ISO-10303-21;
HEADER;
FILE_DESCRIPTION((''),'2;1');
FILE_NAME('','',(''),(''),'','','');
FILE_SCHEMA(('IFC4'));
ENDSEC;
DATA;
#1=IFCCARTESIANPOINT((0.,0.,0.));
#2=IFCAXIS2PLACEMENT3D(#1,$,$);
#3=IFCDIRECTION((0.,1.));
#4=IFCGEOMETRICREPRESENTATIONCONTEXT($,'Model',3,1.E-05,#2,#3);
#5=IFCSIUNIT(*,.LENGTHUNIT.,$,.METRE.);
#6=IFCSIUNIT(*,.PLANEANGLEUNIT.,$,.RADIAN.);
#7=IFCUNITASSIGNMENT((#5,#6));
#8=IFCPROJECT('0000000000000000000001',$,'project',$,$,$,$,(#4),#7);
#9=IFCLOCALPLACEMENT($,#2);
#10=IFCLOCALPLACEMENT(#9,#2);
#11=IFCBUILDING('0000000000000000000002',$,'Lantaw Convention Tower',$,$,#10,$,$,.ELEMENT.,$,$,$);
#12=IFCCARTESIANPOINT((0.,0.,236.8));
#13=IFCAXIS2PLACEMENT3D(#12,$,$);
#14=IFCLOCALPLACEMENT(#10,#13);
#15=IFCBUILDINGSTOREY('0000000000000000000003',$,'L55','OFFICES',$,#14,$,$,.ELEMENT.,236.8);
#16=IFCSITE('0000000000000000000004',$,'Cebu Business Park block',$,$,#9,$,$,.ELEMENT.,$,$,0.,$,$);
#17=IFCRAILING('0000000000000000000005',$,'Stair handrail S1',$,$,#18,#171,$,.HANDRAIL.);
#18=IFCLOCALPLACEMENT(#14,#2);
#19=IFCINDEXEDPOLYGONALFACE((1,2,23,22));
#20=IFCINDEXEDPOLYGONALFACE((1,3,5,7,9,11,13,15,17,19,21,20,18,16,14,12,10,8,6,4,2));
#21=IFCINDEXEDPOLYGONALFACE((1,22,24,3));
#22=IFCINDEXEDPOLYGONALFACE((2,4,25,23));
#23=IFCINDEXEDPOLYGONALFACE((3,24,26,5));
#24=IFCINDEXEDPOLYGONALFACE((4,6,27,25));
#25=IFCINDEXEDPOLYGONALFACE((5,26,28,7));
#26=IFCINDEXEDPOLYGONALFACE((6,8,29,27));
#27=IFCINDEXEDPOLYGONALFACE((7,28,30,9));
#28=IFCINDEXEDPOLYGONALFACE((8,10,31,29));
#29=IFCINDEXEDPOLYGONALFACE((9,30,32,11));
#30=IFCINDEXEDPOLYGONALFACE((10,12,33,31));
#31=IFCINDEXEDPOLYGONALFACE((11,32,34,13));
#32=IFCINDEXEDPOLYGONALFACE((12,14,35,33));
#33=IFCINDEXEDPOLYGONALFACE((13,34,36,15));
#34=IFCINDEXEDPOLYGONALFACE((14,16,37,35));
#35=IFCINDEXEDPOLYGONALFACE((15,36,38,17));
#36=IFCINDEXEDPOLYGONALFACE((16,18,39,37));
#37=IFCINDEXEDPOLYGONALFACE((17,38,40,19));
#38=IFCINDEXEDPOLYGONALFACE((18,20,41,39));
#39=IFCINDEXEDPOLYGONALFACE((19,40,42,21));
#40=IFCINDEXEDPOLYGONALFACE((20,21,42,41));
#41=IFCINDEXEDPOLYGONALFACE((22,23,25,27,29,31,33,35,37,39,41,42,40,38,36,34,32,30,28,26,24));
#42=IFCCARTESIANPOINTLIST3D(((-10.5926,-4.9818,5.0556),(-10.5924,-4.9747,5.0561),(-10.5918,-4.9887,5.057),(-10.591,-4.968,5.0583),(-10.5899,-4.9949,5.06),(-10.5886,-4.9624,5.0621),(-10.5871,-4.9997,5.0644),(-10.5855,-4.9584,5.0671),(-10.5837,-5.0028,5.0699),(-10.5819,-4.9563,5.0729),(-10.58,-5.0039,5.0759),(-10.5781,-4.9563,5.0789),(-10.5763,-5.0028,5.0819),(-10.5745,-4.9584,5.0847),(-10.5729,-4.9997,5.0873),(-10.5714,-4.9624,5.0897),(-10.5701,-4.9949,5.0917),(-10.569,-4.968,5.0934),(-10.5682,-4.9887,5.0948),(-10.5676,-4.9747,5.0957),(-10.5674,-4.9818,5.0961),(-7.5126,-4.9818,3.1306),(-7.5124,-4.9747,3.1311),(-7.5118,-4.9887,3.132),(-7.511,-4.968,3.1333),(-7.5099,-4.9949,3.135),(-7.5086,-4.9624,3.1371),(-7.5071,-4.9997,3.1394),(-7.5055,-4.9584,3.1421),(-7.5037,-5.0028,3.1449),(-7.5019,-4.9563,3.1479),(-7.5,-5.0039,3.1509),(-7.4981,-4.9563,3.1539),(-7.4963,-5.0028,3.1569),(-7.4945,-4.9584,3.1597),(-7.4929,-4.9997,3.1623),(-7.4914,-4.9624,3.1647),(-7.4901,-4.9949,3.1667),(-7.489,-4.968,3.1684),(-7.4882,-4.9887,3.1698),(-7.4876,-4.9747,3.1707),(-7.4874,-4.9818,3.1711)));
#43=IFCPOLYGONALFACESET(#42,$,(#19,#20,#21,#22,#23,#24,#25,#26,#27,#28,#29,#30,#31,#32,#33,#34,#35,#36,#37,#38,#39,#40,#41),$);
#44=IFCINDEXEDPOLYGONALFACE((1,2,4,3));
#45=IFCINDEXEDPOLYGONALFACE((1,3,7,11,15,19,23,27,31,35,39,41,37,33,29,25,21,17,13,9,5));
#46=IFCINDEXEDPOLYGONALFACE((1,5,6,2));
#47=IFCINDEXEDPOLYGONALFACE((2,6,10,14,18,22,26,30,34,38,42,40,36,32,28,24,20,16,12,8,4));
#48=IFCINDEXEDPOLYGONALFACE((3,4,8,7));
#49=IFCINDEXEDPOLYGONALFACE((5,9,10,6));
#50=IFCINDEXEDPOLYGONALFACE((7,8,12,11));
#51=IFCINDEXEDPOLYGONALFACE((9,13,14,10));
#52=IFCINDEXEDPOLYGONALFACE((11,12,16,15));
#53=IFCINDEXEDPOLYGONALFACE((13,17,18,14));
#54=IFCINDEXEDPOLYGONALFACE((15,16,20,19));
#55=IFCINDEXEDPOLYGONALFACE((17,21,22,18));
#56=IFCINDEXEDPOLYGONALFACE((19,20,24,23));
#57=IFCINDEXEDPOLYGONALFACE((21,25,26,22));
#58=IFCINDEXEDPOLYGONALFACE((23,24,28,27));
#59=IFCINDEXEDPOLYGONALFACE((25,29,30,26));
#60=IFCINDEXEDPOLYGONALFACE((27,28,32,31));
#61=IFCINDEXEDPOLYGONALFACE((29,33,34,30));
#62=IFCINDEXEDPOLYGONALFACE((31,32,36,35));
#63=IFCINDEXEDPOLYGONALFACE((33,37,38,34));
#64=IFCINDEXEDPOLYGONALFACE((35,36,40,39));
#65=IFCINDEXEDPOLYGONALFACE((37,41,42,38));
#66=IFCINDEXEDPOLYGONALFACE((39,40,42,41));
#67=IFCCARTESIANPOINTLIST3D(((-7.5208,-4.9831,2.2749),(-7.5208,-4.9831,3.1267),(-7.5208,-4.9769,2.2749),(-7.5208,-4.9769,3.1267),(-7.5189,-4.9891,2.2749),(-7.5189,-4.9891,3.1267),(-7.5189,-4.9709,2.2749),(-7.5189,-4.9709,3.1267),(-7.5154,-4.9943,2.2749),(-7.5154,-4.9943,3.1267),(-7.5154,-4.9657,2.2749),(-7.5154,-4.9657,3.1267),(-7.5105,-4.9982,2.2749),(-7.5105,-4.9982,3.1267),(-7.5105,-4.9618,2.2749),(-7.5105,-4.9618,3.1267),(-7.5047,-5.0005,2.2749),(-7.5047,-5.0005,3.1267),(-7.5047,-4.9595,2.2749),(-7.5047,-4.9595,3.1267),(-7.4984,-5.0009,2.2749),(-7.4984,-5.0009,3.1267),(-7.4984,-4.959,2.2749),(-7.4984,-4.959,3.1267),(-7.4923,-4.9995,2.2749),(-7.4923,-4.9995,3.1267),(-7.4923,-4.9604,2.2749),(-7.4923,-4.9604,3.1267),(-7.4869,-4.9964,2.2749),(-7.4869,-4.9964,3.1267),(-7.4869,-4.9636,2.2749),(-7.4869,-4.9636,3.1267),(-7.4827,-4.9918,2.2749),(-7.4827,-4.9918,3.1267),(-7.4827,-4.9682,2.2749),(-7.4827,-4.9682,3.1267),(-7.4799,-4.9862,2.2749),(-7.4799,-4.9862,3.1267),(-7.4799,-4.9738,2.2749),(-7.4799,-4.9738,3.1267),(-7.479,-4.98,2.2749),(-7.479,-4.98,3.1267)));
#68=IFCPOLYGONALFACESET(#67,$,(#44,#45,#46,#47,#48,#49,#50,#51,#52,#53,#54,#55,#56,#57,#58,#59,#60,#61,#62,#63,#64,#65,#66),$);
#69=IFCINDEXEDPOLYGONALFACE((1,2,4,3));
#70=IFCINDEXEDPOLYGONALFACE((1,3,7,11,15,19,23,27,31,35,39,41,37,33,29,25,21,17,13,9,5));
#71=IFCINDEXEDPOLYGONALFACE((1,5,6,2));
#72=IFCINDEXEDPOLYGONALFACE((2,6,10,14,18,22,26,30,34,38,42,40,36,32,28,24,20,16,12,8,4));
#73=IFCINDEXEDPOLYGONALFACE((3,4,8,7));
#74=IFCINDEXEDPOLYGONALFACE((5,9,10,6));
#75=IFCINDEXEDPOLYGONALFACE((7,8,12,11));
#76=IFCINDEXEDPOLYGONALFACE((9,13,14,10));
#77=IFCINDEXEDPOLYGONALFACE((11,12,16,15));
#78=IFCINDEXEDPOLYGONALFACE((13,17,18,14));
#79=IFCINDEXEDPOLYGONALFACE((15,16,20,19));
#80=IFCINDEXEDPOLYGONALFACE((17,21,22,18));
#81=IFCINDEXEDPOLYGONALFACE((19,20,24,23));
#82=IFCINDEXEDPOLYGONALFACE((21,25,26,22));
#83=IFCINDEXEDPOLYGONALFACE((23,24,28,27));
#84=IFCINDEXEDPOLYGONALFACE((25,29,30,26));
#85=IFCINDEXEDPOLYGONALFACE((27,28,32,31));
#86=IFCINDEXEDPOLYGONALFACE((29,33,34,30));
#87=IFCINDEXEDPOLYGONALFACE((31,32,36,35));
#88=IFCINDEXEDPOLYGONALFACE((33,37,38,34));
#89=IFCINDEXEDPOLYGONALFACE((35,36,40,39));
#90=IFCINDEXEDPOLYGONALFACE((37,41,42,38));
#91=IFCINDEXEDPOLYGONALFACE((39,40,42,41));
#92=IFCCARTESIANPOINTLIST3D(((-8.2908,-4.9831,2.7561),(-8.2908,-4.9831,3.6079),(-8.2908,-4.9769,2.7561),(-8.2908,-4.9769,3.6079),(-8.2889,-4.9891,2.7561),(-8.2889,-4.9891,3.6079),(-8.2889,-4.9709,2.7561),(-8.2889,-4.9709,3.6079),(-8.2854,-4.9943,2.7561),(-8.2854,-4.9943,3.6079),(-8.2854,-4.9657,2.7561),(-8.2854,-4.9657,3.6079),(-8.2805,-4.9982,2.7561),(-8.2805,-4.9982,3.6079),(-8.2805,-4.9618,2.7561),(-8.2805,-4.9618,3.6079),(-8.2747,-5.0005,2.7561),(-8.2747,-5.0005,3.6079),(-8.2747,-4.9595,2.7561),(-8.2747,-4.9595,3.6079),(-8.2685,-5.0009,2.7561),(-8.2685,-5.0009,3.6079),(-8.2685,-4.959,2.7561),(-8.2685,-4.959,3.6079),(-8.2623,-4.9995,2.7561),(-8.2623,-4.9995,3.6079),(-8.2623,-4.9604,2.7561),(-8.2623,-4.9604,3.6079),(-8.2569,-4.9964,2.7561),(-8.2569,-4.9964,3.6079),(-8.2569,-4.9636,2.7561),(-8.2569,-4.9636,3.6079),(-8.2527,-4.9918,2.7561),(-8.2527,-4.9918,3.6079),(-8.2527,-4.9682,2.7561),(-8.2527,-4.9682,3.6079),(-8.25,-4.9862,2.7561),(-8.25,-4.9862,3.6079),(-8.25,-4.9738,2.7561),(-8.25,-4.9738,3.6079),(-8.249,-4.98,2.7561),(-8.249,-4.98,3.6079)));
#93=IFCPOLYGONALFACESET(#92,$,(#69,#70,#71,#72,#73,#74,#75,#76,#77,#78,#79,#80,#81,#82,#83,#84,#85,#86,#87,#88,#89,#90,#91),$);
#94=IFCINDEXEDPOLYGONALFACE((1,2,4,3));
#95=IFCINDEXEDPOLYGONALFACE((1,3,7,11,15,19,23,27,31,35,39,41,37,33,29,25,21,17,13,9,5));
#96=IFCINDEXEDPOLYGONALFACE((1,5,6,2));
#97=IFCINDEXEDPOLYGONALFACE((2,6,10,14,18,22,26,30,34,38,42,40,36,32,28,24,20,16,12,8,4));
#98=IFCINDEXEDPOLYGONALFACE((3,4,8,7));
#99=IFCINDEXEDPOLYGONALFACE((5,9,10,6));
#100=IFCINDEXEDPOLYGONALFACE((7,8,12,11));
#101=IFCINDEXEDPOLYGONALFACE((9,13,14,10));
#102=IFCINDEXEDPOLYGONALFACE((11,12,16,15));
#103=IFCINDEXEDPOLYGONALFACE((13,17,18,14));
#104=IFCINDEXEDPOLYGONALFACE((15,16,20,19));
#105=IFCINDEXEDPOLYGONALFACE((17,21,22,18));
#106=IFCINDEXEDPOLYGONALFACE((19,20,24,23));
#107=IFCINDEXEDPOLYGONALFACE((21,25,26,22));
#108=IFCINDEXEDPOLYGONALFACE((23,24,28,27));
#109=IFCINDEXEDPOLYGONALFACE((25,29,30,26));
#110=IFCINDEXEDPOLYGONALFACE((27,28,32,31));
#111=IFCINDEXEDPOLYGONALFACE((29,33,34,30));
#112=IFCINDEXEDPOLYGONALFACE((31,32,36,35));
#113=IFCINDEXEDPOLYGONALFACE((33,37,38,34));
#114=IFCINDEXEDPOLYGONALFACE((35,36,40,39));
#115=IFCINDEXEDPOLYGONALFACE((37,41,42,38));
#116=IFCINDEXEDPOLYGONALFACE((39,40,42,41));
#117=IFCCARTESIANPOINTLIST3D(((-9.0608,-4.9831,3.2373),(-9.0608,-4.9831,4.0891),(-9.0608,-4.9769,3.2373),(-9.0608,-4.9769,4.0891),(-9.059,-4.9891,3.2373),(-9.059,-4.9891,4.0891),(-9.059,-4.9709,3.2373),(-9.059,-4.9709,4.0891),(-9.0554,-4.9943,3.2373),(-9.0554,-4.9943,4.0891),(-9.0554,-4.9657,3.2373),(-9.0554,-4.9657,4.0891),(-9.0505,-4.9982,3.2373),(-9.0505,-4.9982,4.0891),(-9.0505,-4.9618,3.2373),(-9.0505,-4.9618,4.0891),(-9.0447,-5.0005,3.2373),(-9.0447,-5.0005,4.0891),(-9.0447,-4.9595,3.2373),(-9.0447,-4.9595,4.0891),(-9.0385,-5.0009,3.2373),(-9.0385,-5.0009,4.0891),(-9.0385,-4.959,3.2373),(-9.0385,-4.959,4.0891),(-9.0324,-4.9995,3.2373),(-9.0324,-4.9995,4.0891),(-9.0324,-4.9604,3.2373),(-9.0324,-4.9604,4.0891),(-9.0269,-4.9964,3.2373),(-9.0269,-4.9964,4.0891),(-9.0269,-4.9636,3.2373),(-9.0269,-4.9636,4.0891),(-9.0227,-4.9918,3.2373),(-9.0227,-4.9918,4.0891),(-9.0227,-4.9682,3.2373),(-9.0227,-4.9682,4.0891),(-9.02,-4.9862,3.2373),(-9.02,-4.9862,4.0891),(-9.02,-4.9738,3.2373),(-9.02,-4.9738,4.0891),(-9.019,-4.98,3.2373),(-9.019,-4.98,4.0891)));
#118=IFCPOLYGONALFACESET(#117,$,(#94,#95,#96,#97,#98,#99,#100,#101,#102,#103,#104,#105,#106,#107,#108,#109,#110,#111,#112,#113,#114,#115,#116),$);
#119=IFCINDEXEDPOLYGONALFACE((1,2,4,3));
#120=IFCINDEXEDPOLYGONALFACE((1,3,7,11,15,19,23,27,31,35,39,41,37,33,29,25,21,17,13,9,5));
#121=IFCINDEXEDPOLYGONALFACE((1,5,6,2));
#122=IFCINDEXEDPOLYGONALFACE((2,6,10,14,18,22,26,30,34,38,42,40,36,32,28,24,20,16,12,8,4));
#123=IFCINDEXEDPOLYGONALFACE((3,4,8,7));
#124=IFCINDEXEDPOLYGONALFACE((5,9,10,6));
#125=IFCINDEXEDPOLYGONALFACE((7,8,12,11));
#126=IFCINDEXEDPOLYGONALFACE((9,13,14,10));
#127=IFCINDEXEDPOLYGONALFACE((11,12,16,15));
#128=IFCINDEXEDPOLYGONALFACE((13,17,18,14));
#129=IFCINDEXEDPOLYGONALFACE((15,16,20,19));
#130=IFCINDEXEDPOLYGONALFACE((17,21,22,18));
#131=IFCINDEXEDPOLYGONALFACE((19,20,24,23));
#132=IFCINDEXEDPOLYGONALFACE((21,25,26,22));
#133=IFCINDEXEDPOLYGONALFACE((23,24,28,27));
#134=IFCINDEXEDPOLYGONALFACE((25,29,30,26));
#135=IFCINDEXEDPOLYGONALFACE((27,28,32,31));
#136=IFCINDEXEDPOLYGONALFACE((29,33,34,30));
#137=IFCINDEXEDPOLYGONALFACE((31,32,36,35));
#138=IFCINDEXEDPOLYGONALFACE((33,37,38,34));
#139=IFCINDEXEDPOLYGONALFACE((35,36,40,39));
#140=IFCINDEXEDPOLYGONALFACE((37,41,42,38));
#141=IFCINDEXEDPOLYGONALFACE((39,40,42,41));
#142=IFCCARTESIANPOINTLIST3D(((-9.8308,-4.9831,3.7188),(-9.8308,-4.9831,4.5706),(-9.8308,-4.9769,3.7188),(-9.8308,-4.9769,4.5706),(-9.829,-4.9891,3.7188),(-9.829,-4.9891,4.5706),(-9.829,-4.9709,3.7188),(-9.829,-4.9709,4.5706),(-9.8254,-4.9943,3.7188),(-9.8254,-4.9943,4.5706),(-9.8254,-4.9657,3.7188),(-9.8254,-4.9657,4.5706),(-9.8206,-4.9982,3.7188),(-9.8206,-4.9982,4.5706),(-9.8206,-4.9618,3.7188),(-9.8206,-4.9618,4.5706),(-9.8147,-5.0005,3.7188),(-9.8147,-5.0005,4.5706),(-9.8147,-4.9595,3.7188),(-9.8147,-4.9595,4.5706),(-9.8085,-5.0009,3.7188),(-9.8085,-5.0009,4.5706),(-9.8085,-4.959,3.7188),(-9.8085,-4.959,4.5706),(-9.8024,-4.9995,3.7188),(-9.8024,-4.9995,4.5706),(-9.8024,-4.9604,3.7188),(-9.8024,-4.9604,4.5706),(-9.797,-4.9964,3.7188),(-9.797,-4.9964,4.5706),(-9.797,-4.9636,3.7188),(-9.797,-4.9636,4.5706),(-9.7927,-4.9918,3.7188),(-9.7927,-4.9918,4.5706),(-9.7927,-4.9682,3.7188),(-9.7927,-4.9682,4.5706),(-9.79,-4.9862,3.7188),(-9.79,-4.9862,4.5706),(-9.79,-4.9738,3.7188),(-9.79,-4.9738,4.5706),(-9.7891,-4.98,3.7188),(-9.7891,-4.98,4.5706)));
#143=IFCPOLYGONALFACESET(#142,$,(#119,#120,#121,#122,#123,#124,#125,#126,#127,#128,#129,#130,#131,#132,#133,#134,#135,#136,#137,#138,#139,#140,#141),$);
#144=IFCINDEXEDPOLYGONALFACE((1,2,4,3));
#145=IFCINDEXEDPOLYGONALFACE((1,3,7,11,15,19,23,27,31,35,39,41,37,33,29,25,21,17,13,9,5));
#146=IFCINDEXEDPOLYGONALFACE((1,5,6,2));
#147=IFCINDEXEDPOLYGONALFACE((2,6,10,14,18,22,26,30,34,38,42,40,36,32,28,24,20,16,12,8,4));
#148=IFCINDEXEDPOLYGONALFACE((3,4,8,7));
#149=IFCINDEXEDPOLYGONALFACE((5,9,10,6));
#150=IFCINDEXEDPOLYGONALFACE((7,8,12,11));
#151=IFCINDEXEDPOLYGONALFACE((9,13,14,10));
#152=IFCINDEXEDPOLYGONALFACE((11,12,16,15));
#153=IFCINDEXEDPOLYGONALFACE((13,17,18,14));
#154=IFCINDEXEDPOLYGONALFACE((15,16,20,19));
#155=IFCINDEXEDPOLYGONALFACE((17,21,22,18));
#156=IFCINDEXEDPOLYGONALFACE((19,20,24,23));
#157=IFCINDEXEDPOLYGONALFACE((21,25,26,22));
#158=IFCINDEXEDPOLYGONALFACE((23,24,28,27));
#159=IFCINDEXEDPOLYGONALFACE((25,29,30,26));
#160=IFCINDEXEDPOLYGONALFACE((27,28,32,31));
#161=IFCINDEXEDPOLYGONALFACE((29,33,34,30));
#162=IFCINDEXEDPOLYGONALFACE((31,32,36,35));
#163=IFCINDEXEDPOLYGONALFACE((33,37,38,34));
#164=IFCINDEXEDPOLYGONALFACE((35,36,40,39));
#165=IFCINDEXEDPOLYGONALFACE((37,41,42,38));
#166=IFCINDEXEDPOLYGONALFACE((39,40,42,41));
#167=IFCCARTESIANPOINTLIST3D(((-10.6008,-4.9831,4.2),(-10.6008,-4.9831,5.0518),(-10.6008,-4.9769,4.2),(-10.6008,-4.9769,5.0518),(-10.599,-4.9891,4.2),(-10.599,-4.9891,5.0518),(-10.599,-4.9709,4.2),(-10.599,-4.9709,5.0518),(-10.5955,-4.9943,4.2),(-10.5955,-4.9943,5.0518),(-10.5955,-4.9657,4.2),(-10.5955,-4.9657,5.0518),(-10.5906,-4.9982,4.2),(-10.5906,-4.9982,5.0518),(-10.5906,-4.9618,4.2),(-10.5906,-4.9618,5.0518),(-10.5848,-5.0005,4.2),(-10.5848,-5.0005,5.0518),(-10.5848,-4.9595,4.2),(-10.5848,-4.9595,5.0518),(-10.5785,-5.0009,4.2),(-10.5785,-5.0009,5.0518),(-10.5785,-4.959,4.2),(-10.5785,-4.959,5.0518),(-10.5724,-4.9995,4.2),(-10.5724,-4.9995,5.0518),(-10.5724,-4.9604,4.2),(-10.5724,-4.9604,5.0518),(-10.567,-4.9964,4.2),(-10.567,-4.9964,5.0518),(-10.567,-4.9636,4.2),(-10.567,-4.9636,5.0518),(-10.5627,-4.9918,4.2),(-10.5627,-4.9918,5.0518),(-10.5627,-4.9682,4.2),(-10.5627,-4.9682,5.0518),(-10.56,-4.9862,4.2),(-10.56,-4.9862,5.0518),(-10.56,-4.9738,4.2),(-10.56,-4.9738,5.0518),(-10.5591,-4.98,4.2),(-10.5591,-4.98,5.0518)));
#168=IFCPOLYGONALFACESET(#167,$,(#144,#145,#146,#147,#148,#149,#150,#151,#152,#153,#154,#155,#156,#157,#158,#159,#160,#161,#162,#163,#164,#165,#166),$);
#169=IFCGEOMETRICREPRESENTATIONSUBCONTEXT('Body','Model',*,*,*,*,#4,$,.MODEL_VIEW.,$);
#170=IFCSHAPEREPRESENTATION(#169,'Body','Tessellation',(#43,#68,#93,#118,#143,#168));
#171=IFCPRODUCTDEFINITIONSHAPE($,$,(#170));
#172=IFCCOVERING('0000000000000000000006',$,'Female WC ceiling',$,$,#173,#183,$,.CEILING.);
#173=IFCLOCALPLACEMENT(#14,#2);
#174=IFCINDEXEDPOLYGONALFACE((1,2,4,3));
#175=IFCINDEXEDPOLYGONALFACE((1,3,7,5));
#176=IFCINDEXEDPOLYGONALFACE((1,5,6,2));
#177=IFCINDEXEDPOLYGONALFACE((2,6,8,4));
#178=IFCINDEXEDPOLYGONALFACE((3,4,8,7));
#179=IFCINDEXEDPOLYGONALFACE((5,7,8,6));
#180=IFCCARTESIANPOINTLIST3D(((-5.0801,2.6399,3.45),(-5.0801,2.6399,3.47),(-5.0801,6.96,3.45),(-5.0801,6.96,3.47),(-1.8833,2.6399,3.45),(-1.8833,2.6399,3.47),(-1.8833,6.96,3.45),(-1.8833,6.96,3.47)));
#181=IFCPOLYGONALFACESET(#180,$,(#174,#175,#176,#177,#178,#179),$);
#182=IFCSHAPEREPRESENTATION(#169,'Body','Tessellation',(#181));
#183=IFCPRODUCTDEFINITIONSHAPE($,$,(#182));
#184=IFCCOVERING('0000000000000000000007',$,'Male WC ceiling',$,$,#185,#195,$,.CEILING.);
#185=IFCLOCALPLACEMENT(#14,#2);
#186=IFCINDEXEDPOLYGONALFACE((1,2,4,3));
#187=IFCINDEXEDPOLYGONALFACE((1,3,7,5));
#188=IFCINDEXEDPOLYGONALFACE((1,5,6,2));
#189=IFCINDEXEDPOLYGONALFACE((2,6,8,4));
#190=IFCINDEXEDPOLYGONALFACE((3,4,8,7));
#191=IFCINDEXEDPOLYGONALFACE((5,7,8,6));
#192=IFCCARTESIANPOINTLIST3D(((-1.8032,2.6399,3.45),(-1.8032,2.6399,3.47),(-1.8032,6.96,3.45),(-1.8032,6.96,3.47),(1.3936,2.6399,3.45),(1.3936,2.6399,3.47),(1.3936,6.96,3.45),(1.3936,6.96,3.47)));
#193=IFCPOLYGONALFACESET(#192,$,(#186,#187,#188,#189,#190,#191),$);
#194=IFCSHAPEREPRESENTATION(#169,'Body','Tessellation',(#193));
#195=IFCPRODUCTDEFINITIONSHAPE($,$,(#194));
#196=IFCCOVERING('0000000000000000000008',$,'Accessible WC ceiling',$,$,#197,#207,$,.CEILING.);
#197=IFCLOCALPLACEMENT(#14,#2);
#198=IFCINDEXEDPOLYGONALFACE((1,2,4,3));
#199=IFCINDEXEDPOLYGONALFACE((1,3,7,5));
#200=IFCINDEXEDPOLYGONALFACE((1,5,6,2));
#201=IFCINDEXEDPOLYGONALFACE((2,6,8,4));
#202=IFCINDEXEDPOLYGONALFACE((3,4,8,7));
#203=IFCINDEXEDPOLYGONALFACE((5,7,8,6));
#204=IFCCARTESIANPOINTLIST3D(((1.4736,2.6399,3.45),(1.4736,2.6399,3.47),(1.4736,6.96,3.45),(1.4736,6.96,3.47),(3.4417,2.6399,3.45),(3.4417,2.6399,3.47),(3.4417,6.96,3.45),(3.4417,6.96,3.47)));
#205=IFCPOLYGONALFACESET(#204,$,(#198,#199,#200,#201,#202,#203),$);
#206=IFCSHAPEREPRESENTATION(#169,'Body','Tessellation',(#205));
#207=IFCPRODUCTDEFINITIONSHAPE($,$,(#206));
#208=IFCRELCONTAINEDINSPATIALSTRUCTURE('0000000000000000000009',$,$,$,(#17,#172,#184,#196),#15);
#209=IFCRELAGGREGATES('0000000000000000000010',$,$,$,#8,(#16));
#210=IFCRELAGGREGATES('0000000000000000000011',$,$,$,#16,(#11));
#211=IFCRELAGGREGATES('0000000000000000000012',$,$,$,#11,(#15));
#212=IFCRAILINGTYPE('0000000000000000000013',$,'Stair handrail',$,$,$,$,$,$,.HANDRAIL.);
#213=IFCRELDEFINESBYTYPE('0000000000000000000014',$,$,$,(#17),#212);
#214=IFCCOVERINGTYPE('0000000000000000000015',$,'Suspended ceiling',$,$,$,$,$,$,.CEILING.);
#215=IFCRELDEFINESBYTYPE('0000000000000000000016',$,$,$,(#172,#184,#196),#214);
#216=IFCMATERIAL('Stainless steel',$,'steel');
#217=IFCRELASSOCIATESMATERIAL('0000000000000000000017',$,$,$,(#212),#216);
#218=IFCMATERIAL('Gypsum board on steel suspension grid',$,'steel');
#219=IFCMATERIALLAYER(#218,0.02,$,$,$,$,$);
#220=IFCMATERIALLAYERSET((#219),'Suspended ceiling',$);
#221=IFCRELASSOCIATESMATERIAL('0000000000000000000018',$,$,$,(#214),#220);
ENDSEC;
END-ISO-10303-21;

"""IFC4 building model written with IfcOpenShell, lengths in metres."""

from ifc_helpers import new_model, si_unit, direction, frame, origin, origin_2d, place, context, subcontext, project, spatial, polyline, circle, outline, extrude, material, layer, layer_set, type_object, element, save


model = new_model("IFC4")

# Units and contexts
model_context = context("Model", 3, precision=1e-05, world=origin(), true_north=direction((0.0, 1.0)))
body_context = subcontext(model_context, "Body", "Model", "MODEL_VIEW")
ifc_project = project(units=[si_unit("LENGTHUNIT", "METRE"), si_unit("PLANEANGLEUNIT", "RADIAN")], contexts=[model_context])

# Site, building, storey
site_placement = place(None, origin())
site = spatial("IfcSite", under=ifc_project, at=site_placement, Name="Cebu Business Park block", CompositionType="ELEMENT", RefElevation=0.0)
building_placement = place(site_placement, origin())
building = spatial("IfcBuilding", under=site, at=building_placement, Name="Lantaw Convention Tower", CompositionType="ELEMENT")
storey_placement = place(building_placement, frame((0.0, 0.0, 236.8)))
storey = spatial("IfcBuildingStorey", under=building, at=storey_placement, Name="L55", Description="OFFICES", CompositionType="ELEMENT", Elevation=236.8)

# Shared definitions
ifc_material_1 = material(Name="Stainless steel", Category="steel")

# Railing
railing_type = type_object("IfcRailingType", Name="Stair handrail", PredefinedType="HANDRAIL", material=ifc_material_1)
railing_1_placement = place(storey_placement, frame((-7.5, -4.98, 2.2749)))
element("IfcRailing", 1, at=railing_1_placement, inside=storey, type_object=railing_type, Name="Stair handrail S1", PredefinedType="HANDRAIL", context=body_context, shape_type="SweptSolid", body=[
    extrude(circle(Radius=0.0239, at=origin_2d()), frame((0.0, 0.0, 0.876), z_axis=(-0.847998, 0.0, 0.529999), x_axis=(0.0, -1.0, 0.0)), (0.0, 0.0, 1.0), 3.6321),
    extrude(circle(Radius=0.021, at=origin_2d()), origin(), (0.0, 0.0, 1.0), 0.8518),
    extrude(circle(Radius=0.021, at=origin_2d()), frame((-0.77, 0.0, 0.4812)), (0.0, 0.0, 1.0), 0.8518),
    extrude(circle(Radius=0.021, at=origin_2d()), frame((-1.54, 0.0, 0.9624)), (0.0, 0.0, 1.0), 0.8518),
    extrude(circle(Radius=0.021, at=origin_2d()), frame((-2.3101, 0.0, 1.4438)), (0.0, 0.0, 1.0), 0.8518),
    extrude(circle(Radius=0.021, at=origin_2d()), frame((-3.0801, 0.0, 1.925)), (0.0, 0.0, 1.0), 0.8518),
])

# Coverings
ifc_material_2 = material(Name="Gypsum board on steel suspension grid", Category="steel")
ifc_layer_1 = layer(ifc_material_2, 0.02)
ifc_layer_set_1 = layer_set([ifc_layer_1], Name="Suspended ceiling")
covering_type = type_object("IfcCoveringType", Name="Suspended ceiling", PredefinedType="CEILING", material=ifc_layer_set_1)
covering_1_placement = place(storey_placement, frame((0.0, 0.0, 3.45)))
element("IfcCovering", 2, at=covering_1_placement, inside=storey, type_object=covering_type, Name="Female WC ceiling", PredefinedType="CEILING", context=body_context, shape_type="SweptSolid", body=[
    extrude(outline(polyline([(-5.0801, 2.6399), (-1.8833, 2.6399), (-1.8833, 6.96), (-5.0801, 6.96), (-5.0801, 2.6399)])), origin(), (0.0, 0.0, 1.0), 0.02),
])
covering_2_placement = place(storey_placement, frame((0.0, 0.0, 3.45)))
element("IfcCovering", 3, at=covering_2_placement, inside=storey, type_object=covering_type, Name="Male WC ceiling", PredefinedType="CEILING", context=body_context, shape_type="SweptSolid", body=[
    extrude(outline(polyline([(-1.8032, 2.6399), (1.3936, 2.6399), (1.3936, 6.96), (-1.8032, 6.96), (-1.8032, 2.6399)])), origin(), (0.0, 0.0, 1.0), 0.02),
])
covering_3_placement = place(storey_placement, frame((0.0, 0.0, 3.45)))
element("IfcCovering", 4, at=covering_3_placement, inside=storey, type_object=covering_type, Name="Accessible WC ceiling", PredefinedType="CEILING", context=body_context, shape_type="SweptSolid", body=[
    extrude(outline(polyline([(1.4736, 2.6399), (3.4417, 2.6399), (3.4417, 6.96), (1.4736, 6.96), (1.4736, 2.6399)])), origin(), (0.0, 0.0, 1.0), 0.02),
])

save(model, "model.ifc")
